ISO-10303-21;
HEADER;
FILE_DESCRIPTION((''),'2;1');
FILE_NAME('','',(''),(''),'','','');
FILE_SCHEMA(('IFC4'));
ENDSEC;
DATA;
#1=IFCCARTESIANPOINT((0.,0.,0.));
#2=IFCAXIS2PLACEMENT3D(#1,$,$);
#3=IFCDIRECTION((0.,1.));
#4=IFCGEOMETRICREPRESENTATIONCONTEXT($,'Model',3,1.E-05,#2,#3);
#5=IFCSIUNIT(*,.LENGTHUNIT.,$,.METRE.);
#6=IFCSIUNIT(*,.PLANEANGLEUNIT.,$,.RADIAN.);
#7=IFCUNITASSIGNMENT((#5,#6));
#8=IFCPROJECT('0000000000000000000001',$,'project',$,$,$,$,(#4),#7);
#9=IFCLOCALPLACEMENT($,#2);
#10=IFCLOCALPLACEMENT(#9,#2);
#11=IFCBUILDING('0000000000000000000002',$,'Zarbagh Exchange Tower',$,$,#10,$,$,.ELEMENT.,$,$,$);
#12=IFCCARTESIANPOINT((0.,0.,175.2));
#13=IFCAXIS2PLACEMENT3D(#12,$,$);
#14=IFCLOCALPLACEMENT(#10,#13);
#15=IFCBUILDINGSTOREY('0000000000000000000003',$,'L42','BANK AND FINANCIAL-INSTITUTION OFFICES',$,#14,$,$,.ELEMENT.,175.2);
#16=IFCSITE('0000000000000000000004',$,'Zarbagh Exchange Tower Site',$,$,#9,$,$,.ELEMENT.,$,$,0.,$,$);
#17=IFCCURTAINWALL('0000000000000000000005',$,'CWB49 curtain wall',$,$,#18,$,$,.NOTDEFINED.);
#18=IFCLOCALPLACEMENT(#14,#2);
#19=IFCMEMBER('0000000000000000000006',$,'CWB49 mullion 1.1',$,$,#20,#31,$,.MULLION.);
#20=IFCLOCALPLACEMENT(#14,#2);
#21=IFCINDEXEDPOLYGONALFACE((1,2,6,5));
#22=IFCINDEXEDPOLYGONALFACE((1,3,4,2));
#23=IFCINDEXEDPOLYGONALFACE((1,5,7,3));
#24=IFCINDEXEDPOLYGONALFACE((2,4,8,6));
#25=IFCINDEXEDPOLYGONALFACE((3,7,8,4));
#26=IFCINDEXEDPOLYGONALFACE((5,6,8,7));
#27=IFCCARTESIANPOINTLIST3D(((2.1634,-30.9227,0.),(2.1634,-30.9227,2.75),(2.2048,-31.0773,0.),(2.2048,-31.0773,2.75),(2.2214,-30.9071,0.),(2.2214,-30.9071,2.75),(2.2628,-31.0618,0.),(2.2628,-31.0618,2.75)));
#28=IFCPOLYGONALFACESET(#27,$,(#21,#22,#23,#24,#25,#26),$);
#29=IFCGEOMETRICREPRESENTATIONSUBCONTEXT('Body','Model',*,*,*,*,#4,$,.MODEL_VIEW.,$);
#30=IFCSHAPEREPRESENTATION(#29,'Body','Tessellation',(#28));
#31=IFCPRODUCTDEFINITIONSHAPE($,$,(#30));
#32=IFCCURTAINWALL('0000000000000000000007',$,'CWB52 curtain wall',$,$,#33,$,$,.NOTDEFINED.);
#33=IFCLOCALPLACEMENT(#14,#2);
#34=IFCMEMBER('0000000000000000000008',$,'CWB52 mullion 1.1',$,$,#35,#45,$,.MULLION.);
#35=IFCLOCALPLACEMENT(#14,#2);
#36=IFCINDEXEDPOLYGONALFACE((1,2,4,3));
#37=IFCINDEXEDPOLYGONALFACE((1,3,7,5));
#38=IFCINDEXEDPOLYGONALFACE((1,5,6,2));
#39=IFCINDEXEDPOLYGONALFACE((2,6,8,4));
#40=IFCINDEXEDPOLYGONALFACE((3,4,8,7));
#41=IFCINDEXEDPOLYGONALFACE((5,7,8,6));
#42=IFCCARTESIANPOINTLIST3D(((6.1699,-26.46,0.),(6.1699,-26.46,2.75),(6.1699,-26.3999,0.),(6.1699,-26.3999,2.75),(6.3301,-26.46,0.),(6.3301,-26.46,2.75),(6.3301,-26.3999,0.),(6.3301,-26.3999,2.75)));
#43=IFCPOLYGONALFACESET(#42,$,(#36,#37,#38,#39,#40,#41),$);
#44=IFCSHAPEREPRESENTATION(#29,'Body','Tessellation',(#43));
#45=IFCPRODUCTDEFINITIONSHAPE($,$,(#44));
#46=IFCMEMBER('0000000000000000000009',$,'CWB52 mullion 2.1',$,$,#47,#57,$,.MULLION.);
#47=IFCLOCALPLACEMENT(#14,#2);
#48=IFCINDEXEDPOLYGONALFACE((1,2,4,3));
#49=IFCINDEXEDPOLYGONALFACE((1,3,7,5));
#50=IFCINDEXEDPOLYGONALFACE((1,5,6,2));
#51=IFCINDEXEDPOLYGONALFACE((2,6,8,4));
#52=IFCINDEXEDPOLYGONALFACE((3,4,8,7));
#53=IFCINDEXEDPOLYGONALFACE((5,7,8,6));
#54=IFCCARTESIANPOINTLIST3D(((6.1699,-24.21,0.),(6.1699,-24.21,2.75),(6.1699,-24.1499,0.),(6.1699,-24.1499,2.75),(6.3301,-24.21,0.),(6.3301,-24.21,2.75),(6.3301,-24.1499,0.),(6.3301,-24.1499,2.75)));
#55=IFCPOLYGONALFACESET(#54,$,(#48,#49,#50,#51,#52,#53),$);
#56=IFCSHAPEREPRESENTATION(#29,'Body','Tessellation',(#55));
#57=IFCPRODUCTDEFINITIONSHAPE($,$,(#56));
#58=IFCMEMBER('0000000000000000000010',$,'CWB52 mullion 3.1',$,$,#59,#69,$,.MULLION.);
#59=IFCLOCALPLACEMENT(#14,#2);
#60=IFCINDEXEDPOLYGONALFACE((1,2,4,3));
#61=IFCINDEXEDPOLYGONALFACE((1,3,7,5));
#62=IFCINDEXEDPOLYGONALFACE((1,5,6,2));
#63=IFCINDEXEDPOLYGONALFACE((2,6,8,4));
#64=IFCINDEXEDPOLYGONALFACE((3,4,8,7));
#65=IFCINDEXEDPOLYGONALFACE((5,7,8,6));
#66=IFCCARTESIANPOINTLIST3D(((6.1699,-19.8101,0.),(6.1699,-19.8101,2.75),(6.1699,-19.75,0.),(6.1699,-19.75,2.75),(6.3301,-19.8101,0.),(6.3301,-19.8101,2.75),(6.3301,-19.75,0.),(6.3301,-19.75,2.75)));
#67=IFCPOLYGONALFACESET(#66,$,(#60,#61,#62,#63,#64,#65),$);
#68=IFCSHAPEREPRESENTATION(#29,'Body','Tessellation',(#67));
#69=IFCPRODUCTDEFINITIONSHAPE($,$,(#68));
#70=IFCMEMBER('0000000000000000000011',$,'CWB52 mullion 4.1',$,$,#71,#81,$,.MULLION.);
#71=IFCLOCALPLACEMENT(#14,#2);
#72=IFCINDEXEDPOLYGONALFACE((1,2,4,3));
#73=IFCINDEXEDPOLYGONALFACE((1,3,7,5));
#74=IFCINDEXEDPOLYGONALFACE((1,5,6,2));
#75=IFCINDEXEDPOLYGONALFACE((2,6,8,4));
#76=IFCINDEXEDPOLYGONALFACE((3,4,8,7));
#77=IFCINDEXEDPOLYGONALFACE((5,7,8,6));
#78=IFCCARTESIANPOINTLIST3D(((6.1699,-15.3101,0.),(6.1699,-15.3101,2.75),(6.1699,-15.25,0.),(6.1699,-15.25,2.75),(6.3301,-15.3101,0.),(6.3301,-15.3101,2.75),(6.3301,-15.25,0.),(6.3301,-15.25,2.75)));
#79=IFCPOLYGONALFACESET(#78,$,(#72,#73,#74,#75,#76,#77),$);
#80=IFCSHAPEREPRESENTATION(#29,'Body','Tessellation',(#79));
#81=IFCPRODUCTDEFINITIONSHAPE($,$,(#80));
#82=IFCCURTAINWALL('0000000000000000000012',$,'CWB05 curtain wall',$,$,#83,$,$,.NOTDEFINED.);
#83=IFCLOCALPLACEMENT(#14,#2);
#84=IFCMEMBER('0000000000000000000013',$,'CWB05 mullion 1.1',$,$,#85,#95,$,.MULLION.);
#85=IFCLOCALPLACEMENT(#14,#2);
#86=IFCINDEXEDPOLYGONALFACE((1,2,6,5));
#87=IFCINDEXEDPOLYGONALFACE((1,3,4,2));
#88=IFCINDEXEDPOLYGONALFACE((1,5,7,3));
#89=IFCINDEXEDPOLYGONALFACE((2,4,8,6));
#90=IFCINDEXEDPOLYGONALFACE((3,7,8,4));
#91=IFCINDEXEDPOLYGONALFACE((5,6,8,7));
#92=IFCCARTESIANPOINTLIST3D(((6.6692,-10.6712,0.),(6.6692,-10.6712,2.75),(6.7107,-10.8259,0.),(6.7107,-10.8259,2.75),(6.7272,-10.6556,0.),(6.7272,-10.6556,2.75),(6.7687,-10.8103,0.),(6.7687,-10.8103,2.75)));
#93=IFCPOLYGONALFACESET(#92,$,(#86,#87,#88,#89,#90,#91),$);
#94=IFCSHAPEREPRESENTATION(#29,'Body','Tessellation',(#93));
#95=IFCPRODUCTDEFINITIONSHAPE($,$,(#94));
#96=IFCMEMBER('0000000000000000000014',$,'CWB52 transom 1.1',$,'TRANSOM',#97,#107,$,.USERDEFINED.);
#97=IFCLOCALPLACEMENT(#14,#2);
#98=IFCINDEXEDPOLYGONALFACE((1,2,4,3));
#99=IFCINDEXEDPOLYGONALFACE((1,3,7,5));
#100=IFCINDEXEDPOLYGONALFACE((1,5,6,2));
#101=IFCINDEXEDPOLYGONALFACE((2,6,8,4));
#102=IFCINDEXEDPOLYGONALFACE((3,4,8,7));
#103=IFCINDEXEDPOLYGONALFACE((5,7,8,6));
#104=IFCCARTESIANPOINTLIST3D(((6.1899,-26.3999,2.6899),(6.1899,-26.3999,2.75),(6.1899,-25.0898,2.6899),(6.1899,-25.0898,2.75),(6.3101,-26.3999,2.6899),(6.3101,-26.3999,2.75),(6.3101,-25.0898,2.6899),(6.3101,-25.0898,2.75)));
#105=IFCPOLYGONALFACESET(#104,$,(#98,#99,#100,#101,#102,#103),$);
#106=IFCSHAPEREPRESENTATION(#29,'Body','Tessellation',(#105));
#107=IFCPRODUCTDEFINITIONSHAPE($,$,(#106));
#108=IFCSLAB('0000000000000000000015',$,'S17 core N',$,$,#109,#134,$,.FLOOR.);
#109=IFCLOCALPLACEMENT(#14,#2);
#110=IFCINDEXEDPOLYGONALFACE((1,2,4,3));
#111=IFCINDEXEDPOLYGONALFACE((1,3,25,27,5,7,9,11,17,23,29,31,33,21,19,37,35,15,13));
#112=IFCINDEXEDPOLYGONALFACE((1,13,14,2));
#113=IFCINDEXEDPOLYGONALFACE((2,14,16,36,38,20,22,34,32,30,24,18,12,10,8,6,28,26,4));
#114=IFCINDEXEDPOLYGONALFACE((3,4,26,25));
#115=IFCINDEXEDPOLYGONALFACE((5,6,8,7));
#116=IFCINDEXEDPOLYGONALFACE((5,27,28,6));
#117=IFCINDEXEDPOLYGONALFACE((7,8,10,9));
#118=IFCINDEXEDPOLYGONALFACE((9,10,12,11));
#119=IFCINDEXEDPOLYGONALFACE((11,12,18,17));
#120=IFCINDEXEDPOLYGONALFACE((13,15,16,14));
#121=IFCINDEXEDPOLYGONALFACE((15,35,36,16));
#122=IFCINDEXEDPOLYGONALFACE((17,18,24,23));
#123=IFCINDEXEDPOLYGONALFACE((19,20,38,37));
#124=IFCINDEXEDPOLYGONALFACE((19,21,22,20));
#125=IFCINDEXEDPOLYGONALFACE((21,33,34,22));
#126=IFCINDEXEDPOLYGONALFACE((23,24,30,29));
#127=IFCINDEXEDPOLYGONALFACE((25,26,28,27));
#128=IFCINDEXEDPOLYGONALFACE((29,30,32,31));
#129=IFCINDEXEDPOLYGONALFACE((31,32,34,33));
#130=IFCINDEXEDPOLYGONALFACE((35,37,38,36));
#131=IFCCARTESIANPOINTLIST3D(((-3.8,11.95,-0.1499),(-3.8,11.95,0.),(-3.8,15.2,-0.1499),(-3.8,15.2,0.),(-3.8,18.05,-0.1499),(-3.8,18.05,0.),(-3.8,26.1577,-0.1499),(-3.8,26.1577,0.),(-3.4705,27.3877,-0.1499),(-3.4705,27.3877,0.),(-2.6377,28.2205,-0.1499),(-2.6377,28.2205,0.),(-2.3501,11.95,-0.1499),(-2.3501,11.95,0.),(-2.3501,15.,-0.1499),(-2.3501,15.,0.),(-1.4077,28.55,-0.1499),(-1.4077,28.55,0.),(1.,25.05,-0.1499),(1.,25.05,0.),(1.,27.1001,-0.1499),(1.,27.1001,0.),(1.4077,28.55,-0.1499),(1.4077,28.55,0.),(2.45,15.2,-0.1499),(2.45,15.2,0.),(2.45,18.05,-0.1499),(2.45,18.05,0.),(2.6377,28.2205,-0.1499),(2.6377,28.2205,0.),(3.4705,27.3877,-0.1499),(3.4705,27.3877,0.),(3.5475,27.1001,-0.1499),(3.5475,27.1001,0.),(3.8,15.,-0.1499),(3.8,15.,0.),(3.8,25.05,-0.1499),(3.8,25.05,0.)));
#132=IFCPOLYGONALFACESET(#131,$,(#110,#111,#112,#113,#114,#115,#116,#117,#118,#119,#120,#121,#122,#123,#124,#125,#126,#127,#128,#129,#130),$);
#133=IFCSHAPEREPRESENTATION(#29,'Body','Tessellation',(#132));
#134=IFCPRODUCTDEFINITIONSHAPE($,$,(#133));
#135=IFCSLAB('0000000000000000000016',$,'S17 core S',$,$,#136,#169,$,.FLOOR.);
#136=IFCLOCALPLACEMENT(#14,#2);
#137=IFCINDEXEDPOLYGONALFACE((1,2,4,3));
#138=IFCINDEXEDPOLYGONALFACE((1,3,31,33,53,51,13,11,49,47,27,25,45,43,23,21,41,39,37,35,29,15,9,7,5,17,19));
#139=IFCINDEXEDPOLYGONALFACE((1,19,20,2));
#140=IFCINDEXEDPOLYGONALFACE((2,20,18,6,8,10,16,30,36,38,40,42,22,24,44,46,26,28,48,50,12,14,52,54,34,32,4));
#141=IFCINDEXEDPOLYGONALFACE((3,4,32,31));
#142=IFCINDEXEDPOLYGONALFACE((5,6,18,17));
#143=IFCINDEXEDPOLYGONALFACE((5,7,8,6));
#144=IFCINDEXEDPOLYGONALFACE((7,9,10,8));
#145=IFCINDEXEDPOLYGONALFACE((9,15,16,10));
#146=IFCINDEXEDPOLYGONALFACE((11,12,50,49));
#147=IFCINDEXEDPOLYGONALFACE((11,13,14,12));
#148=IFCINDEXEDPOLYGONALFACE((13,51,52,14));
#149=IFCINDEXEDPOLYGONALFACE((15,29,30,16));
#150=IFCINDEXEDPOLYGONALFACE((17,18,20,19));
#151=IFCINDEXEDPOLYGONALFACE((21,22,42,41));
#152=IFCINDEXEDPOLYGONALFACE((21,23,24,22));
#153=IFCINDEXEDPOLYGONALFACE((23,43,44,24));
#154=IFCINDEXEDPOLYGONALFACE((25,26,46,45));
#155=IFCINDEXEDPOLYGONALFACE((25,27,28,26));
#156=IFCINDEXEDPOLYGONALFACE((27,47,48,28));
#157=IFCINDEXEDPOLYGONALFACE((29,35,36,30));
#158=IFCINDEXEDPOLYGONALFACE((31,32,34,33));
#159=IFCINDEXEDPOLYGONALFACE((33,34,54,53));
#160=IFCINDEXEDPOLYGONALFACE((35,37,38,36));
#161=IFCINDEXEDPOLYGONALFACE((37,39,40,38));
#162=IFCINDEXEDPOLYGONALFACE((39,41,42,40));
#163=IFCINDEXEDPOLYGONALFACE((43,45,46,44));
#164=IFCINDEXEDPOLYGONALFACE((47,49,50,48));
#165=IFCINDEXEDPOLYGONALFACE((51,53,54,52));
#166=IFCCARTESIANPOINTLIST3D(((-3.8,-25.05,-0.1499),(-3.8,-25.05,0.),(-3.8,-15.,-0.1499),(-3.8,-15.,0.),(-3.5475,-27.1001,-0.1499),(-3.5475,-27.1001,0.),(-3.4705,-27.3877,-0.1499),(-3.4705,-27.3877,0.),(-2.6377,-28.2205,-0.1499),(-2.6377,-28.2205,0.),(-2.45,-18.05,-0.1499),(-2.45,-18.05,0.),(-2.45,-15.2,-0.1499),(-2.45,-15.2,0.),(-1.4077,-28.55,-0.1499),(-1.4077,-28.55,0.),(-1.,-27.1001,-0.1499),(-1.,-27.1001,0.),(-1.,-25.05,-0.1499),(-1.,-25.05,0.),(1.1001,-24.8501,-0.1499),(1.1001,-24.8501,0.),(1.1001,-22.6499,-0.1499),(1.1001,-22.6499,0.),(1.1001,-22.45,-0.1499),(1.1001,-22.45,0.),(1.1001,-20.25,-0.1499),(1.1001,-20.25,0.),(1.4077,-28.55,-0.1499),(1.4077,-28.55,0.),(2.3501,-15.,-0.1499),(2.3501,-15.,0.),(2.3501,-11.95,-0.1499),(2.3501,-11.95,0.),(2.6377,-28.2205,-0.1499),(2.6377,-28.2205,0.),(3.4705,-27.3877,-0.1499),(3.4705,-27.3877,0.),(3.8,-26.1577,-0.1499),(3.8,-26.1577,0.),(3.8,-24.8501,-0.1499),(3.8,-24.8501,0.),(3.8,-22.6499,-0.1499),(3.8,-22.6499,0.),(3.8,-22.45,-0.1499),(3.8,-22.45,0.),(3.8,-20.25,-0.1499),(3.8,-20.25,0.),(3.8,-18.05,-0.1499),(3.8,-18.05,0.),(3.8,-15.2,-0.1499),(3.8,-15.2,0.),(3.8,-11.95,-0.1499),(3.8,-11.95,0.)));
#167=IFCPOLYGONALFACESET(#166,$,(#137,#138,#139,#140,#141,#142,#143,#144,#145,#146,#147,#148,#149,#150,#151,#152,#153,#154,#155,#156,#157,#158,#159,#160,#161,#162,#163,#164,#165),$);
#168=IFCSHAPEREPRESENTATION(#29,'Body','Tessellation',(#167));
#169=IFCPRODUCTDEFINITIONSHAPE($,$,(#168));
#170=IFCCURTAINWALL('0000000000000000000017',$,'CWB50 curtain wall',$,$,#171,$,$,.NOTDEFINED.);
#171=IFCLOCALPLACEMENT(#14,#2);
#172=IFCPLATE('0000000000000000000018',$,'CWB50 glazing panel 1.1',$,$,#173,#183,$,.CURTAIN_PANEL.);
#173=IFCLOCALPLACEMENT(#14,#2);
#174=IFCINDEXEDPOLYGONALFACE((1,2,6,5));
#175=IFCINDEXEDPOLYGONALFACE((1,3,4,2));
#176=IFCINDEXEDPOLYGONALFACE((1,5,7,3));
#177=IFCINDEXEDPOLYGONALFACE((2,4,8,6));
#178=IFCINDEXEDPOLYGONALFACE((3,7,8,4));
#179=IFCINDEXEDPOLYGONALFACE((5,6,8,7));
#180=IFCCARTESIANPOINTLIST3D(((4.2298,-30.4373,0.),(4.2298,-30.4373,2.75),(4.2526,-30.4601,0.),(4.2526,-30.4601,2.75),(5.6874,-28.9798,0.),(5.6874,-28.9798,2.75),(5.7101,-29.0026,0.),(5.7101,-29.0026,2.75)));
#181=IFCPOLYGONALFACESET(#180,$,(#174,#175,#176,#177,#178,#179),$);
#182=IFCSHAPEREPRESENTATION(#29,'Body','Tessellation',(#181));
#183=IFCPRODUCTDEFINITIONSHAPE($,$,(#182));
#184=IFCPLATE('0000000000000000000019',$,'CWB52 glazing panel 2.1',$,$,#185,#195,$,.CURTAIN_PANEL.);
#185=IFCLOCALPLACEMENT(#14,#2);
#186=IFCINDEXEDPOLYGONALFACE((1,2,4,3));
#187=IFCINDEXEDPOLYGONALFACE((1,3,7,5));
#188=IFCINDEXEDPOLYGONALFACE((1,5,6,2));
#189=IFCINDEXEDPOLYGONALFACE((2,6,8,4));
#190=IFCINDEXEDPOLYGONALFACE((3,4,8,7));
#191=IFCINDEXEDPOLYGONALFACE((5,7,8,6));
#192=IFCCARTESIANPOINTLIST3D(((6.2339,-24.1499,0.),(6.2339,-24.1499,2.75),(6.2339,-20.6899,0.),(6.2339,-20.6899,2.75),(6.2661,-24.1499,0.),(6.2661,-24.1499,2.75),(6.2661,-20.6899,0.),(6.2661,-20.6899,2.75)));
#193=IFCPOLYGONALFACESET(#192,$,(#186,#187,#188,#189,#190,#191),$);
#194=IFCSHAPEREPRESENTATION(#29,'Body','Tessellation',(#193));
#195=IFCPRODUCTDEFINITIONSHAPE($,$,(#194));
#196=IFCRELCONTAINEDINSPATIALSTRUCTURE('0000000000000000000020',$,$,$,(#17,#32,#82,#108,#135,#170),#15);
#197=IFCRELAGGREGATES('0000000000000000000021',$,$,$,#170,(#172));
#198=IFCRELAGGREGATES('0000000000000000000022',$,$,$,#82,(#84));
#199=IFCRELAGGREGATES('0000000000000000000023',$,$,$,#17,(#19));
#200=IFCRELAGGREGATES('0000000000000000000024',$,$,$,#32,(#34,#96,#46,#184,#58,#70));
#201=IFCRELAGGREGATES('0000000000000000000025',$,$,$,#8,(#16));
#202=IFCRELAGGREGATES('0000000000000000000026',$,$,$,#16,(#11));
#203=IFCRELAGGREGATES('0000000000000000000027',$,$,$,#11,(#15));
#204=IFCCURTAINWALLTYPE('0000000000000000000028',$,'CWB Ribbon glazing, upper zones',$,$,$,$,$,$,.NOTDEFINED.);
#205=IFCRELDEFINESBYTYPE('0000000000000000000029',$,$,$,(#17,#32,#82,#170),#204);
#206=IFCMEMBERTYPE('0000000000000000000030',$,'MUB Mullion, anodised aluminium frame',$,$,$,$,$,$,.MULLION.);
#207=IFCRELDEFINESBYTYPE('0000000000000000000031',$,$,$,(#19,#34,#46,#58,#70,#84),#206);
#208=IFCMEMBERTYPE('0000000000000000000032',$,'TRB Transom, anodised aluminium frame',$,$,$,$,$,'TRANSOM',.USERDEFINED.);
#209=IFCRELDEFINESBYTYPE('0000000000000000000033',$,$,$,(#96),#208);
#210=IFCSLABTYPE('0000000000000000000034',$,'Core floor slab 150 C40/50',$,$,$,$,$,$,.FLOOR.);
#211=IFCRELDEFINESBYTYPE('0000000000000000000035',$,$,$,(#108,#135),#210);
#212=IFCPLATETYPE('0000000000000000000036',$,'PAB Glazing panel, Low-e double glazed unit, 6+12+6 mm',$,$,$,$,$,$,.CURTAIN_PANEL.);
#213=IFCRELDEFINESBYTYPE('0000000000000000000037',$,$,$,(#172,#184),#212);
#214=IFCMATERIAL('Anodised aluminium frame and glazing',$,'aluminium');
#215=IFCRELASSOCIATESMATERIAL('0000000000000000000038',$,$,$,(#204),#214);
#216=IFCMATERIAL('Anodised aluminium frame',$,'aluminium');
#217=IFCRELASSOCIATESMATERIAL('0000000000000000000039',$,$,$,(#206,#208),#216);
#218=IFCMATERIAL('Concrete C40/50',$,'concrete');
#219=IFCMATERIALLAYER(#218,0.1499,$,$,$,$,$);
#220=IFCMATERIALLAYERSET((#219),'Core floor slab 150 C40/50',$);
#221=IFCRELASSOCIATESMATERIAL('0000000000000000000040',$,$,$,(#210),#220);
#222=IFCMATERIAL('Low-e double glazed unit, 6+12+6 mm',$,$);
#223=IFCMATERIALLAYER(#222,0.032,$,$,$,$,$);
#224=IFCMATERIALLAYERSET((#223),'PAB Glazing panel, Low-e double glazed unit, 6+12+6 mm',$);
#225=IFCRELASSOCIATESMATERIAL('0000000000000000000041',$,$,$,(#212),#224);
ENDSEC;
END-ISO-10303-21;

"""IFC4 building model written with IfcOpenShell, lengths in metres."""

from ifc_helpers import new_model, si_unit, direction, frame, origin, place, context, subcontext, project, spatial, polyline, outline, extrude, source, transform, mapped, material, layer, layer_set, type_object, element, aggregate, save


model = new_model("IFC4")

# Units and contexts
model_context = context("Model", 3, precision=1e-05, world=origin(), true_north=direction((0.0, 1.0)))
body_context = subcontext(model_context, "Body", "Model", "MODEL_VIEW")
ifc_project = project(units=[si_unit("LENGTHUNIT", "METRE"), si_unit("PLANEANGLEUNIT", "RADIAN")], contexts=[model_context])

# Site, building, storey
site_placement = place(None, origin())
site = spatial("IfcSite", under=ifc_project, at=site_placement, Name="Zarbagh Exchange Tower Site", CompositionType="ELEMENT", RefElevation=0.0)
building_placement = place(site_placement, origin())
building = spatial("IfcBuilding", under=site, at=building_placement, Name="Zarbagh Exchange Tower", CompositionType="ELEMENT")
storey_placement = place(building_placement, frame((0.0, 0.0, 175.2)))
storey = spatial("IfcBuildingStorey", under=building, at=storey_placement, Name="L42", Description="BANK AND FINANCIAL-INSTITUTION OFFICES", CompositionType="ELEMENT", Elevation=175.2)

# Curtain wall, member
ifc_material_1 = material(Name="Anodised aluminium frame and glazing", Category="aluminium")
curtain_wall_type = type_object("IfcCurtainWallType", Name="CWB Ribbon glazing, upper zones", PredefinedType="NOTDEFINED", material=ifc_material_1)
curtain_wall_1_placement = place(storey_placement, origin())
curtain_wall_1 = element("IfcCurtainWall", 1, at=curtain_wall_1_placement, inside=storey, type_object=curtain_wall_type, Name="CWB49 curtain wall", PredefinedType="NOTDEFINED")
ifc_material_2 = material(Name="Anodised aluminium frame", Category="aluminium")
member_type_1 = type_object("IfcMemberType", Name="MUB Mullion, anodised aluminium frame", PredefinedType="MULLION", material=ifc_material_2)
shared_shape_1 = source(origin(), body_context, "Body", "SweptSolid", [
    extrude(outline(polyline([(0.0, -0.0801), (0.0601, -0.0801), (0.0601, 0.0801), (0.0, 0.0801), (0.0, -0.0801)])), origin(), (0.0, 0.0, 1.0), 2.75),
])
placement = place(storey_placement, origin())
member_1 = element("IfcMember", 2, at=placement, type_object=member_type_1, Name="CWB49 mullion 1.1", PredefinedType="MULLION", context=body_context, shape_type="MappedRepresentation", body=[
    mapped(shared_shape_1, transform((2.1841, -31.0, 0.0), x_axis=(0.965924, 0.258825, 0.0), y_axis=(-0.258825, 0.965924, 0.0), z_axis=(0.0, 0.0, 1.0))),
])

# Curtain wall, members
curtain_wall_2_placement = place(storey_placement, origin())
curtain_wall_2 = element("IfcCurtainWall", 3, at=curtain_wall_2_placement, inside=storey, type_object=curtain_wall_type, Name="CWB52 curtain wall", PredefinedType="NOTDEFINED")
member_2 = element("IfcMember", 4, at=placement, type_object=member_type_1, Name="CWB52 mullion 1.1", PredefinedType="MULLION", context=body_context, shape_type="MappedRepresentation", body=[
    mapped(shared_shape_1, transform((6.25, -26.46, 0.0), x_axis=(0.0, 1.0, 0.0), y_axis=(-1.0, 0.0, 0.0), z_axis=(0.0, 0.0, 1.0))),
])
member_3 = element("IfcMember", 5, at=placement, type_object=member_type_1, Name="CWB52 mullion 2.1", PredefinedType="MULLION", context=body_context, shape_type="MappedRepresentation", body=[
    mapped(shared_shape_1, transform((6.25, -24.21, 0.0), x_axis=(0.0, 1.0, 0.0), y_axis=(-1.0, 0.0, 0.0), z_axis=(0.0, 0.0, 1.0))),
])
member_4 = element("IfcMember", 6, at=placement, type_object=member_type_1, Name="CWB52 mullion 3.1", PredefinedType="MULLION", context=body_context, shape_type="MappedRepresentation", body=[
    mapped(shared_shape_1, transform((6.25, -19.8101, 0.0), x_axis=(0.0, 1.0, 0.0), y_axis=(-1.0, 0.0, 0.0), z_axis=(0.0, 0.0, 1.0))),
])
member_5 = element("IfcMember", 7, at=placement, type_object=member_type_1, Name="CWB52 mullion 4.1", PredefinedType="MULLION", context=body_context, shape_type="MappedRepresentation", body=[
    mapped(shared_shape_1, transform((6.25, -15.3101, 0.0), x_axis=(0.0, 1.0, 0.0), y_axis=(-1.0, 0.0, 0.0), z_axis=(0.0, 0.0, 1.0))),
])

# Curtain wall, member
curtain_wall_3_placement = place(storey_placement, origin())
curtain_wall_3 = element("IfcCurtainWall", 8, at=curtain_wall_3_placement, inside=storey, type_object=curtain_wall_type, Name="CWB05 curtain wall", PredefinedType="NOTDEFINED")
member_6 = element("IfcMember", 9, at=placement, type_object=member_type_1, Name="CWB05 mullion 1.1", PredefinedType="MULLION", context=body_context, shape_type="MappedRepresentation", body=[
    mapped(shared_shape_1, transform((6.6899, -10.7485, 0.0), x_axis=(0.965924, 0.258825, 0.0), y_axis=(-0.258825, 0.965924, 0.0), z_axis=(0.0, 0.0, 1.0))),
])

# Member
member_type_2 = type_object("IfcMemberType", Name="TRB Transom, anodised aluminium frame", ElementType="TRANSOM", PredefinedType="USERDEFINED", material=ifc_material_2)
shared_shape_2 = source(origin(), body_context, "Body", "SweptSolid", [
    extrude(outline(polyline([(-0.0601, -0.0601), (0.0, -0.0601), (0.0, 0.0601), (-0.0601, 0.0601), (-0.0601, -0.0601)])), origin(), (0.0, 0.0, 1.0), 1.3101),
])
member_7 = element("IfcMember", 10, at=placement, type_object=member_type_2, Name="CWB52 transom 1.1", ObjectType="TRANSOM", PredefinedType="USERDEFINED", context=body_context, shape_type="MappedRepresentation", body=[
    mapped(shared_shape_2, transform((6.25, -26.3999, 2.75), x_axis=(0.0, 0.0, 1.0), y_axis=(1.0, 0.0, 0.0), z_axis=(0.0, 1.0, 0.0))),
])

# Slabs
ifc_material_3 = material(Name="Concrete C40/50", Category="concrete")
ifc_layer_1 = layer(ifc_material_3, 0.1499)
ifc_layer_set_1 = layer_set([ifc_layer_1], Name="Core floor slab 150 C40/50")
slab_type = type_object("IfcSlabType", Name="Core floor slab 150 C40/50", PredefinedType="FLOOR", material=ifc_layer_set_1)
slab_1_placement = place(storey_placement, frame((0.0, 0.0, -0.1499)))
element("IfcSlab", 11, at=slab_1_placement, inside=storey, type_object=slab_type, Name="S17 core N", PredefinedType="FLOOR", context=body_context, shape_type="SweptSolid", body=[
    extrude(outline(polyline([(-3.8, 11.95), (-3.8, 15.2), (2.45, 15.2), (2.45, 18.05), (-3.8, 18.05), (-3.8, 26.1577), (-3.4705, 27.3877), (-2.6377, 28.2205), (-1.4077, 28.55), (1.4077, 28.55), (2.6377, 28.2205), (3.4705, 27.3877), (3.8, 26.1577), (3.8, 26.1577), (3.5476, 27.1001), (1.0, 27.1001), (1.0, 25.05), (3.8, 25.05), (3.8, 15.0), (-2.3501, 15.0), (-2.3501, 11.95), (-3.8, 11.95)])), origin(), (0.0, 0.0, 1.0), 0.1499),
])
slab_2_placement = place(storey_placement, frame((0.0, 0.0, -0.1499)))
element("IfcSlab", 12, at=slab_2_placement, inside=storey, type_object=slab_type, Name="S17 core S", PredefinedType="FLOOR", context=body_context, shape_type="SweptSolid", body=[
    extrude(outline(polyline([(-2.6377, -28.2205), (-3.4705, -27.3877), (-3.8, -26.1577), (-3.8, -26.1577), (-3.5476, -27.1001), (-1.0, -27.1001), (-1.0, -25.05), (-3.8, -25.05), (-3.8, -15.0), (2.3501, -15.0), (2.3501, -11.95), (3.8, -11.95), (3.8, -15.2), (-2.45, -15.2), (-2.45, -18.05), (3.8, -18.05), (3.8, -20.25), (1.1001, -20.25), (1.1001, -22.45), (3.8, -22.45), (3.8, -22.6499), (1.1001, -22.6499), (1.1001, -24.8501), (3.8, -24.8501), (3.8, -26.1577), (3.4705, -27.3877), (2.6377, -28.2205), (1.4077, -28.55), (-1.4077, -28.55), (-2.6377, -28.2205)])), origin(), (0.0, 0.0, 1.0), 0.1499),
])

# Curtain wall, plate
curtain_wall_4_placement = place(storey_placement, origin())
curtain_wall_4 = element("IfcCurtainWall", 13, at=curtain_wall_4_placement, inside=storey, type_object=curtain_wall_type, Name="CWB50 curtain wall", PredefinedType="NOTDEFINED")
ifc_material_4 = material(Name="Low-e double glazed unit, 6+12+6 mm")
ifc_layer_2 = layer(ifc_material_4, 0.032)
ifc_layer_set_2 = layer_set([ifc_layer_2], Name="PAB Glazing panel, Low-e double glazed unit, 6+12+6 mm")
plate_type = type_object("IfcPlateType", Name="PAB Glazing panel, Low-e double glazed unit, 6+12+6 mm", PredefinedType="CURTAIN_PANEL", material=ifc_layer_set_2)
shared_shape_3 = source(origin(), body_context, "Body", "SweptSolid", [
    extrude(outline(polyline([(0.0, -0.0161), (2.0613, -0.0161), (2.0613, 0.0161), (0.0, 0.0161), (0.0, -0.0161)])), origin(), (0.0, 0.0, 1.0), 2.75),
])
plate_1 = element("IfcPlate", 14, at=placement, type_object=plate_type, Name="CWB50 glazing panel 1.1", PredefinedType="CURTAIN_PANEL", context=body_context, shape_type="MappedRepresentation", body=[
    mapped(shared_shape_3, transform((4.2412, -30.4487, 0.0), x_axis=(0.707107, 0.707107, 0.0), y_axis=(-0.707107, 0.707107, 0.0), z_axis=(0.0, 0.0, 1.0))),
])
aggregate(curtain_wall_4, [plate_1])

# Plate
shared_shape_4 = source(origin(), body_context, "Body", "SweptSolid", [
    extrude(outline(polyline([(0.0, -0.0161), (3.46, -0.0161), (3.46, 0.0161), (0.0, 0.0161), (0.0, -0.0161)])), origin(), (0.0, 0.0, 1.0), 2.75),
])
plate_2 = element("IfcPlate", 15, at=placement, type_object=plate_type, Name="CWB52 glazing panel 2.1", PredefinedType="CURTAIN_PANEL", context=body_context, shape_type="MappedRepresentation", body=[
    mapped(shared_shape_4, transform((6.25, -24.1499, 0.0), x_axis=(0.0, 1.0, 0.0), y_axis=(-1.0, 0.0, 0.0), z_axis=(0.0, 0.0, 1.0))),
])
aggregate(curtain_wall_3, [member_6])
aggregate(curtain_wall_1, [member_1])

aggregate(curtain_wall_2, [member_2, member_7, member_3, plate_2, member_4, member_5])

save(model, "model.ifc")
